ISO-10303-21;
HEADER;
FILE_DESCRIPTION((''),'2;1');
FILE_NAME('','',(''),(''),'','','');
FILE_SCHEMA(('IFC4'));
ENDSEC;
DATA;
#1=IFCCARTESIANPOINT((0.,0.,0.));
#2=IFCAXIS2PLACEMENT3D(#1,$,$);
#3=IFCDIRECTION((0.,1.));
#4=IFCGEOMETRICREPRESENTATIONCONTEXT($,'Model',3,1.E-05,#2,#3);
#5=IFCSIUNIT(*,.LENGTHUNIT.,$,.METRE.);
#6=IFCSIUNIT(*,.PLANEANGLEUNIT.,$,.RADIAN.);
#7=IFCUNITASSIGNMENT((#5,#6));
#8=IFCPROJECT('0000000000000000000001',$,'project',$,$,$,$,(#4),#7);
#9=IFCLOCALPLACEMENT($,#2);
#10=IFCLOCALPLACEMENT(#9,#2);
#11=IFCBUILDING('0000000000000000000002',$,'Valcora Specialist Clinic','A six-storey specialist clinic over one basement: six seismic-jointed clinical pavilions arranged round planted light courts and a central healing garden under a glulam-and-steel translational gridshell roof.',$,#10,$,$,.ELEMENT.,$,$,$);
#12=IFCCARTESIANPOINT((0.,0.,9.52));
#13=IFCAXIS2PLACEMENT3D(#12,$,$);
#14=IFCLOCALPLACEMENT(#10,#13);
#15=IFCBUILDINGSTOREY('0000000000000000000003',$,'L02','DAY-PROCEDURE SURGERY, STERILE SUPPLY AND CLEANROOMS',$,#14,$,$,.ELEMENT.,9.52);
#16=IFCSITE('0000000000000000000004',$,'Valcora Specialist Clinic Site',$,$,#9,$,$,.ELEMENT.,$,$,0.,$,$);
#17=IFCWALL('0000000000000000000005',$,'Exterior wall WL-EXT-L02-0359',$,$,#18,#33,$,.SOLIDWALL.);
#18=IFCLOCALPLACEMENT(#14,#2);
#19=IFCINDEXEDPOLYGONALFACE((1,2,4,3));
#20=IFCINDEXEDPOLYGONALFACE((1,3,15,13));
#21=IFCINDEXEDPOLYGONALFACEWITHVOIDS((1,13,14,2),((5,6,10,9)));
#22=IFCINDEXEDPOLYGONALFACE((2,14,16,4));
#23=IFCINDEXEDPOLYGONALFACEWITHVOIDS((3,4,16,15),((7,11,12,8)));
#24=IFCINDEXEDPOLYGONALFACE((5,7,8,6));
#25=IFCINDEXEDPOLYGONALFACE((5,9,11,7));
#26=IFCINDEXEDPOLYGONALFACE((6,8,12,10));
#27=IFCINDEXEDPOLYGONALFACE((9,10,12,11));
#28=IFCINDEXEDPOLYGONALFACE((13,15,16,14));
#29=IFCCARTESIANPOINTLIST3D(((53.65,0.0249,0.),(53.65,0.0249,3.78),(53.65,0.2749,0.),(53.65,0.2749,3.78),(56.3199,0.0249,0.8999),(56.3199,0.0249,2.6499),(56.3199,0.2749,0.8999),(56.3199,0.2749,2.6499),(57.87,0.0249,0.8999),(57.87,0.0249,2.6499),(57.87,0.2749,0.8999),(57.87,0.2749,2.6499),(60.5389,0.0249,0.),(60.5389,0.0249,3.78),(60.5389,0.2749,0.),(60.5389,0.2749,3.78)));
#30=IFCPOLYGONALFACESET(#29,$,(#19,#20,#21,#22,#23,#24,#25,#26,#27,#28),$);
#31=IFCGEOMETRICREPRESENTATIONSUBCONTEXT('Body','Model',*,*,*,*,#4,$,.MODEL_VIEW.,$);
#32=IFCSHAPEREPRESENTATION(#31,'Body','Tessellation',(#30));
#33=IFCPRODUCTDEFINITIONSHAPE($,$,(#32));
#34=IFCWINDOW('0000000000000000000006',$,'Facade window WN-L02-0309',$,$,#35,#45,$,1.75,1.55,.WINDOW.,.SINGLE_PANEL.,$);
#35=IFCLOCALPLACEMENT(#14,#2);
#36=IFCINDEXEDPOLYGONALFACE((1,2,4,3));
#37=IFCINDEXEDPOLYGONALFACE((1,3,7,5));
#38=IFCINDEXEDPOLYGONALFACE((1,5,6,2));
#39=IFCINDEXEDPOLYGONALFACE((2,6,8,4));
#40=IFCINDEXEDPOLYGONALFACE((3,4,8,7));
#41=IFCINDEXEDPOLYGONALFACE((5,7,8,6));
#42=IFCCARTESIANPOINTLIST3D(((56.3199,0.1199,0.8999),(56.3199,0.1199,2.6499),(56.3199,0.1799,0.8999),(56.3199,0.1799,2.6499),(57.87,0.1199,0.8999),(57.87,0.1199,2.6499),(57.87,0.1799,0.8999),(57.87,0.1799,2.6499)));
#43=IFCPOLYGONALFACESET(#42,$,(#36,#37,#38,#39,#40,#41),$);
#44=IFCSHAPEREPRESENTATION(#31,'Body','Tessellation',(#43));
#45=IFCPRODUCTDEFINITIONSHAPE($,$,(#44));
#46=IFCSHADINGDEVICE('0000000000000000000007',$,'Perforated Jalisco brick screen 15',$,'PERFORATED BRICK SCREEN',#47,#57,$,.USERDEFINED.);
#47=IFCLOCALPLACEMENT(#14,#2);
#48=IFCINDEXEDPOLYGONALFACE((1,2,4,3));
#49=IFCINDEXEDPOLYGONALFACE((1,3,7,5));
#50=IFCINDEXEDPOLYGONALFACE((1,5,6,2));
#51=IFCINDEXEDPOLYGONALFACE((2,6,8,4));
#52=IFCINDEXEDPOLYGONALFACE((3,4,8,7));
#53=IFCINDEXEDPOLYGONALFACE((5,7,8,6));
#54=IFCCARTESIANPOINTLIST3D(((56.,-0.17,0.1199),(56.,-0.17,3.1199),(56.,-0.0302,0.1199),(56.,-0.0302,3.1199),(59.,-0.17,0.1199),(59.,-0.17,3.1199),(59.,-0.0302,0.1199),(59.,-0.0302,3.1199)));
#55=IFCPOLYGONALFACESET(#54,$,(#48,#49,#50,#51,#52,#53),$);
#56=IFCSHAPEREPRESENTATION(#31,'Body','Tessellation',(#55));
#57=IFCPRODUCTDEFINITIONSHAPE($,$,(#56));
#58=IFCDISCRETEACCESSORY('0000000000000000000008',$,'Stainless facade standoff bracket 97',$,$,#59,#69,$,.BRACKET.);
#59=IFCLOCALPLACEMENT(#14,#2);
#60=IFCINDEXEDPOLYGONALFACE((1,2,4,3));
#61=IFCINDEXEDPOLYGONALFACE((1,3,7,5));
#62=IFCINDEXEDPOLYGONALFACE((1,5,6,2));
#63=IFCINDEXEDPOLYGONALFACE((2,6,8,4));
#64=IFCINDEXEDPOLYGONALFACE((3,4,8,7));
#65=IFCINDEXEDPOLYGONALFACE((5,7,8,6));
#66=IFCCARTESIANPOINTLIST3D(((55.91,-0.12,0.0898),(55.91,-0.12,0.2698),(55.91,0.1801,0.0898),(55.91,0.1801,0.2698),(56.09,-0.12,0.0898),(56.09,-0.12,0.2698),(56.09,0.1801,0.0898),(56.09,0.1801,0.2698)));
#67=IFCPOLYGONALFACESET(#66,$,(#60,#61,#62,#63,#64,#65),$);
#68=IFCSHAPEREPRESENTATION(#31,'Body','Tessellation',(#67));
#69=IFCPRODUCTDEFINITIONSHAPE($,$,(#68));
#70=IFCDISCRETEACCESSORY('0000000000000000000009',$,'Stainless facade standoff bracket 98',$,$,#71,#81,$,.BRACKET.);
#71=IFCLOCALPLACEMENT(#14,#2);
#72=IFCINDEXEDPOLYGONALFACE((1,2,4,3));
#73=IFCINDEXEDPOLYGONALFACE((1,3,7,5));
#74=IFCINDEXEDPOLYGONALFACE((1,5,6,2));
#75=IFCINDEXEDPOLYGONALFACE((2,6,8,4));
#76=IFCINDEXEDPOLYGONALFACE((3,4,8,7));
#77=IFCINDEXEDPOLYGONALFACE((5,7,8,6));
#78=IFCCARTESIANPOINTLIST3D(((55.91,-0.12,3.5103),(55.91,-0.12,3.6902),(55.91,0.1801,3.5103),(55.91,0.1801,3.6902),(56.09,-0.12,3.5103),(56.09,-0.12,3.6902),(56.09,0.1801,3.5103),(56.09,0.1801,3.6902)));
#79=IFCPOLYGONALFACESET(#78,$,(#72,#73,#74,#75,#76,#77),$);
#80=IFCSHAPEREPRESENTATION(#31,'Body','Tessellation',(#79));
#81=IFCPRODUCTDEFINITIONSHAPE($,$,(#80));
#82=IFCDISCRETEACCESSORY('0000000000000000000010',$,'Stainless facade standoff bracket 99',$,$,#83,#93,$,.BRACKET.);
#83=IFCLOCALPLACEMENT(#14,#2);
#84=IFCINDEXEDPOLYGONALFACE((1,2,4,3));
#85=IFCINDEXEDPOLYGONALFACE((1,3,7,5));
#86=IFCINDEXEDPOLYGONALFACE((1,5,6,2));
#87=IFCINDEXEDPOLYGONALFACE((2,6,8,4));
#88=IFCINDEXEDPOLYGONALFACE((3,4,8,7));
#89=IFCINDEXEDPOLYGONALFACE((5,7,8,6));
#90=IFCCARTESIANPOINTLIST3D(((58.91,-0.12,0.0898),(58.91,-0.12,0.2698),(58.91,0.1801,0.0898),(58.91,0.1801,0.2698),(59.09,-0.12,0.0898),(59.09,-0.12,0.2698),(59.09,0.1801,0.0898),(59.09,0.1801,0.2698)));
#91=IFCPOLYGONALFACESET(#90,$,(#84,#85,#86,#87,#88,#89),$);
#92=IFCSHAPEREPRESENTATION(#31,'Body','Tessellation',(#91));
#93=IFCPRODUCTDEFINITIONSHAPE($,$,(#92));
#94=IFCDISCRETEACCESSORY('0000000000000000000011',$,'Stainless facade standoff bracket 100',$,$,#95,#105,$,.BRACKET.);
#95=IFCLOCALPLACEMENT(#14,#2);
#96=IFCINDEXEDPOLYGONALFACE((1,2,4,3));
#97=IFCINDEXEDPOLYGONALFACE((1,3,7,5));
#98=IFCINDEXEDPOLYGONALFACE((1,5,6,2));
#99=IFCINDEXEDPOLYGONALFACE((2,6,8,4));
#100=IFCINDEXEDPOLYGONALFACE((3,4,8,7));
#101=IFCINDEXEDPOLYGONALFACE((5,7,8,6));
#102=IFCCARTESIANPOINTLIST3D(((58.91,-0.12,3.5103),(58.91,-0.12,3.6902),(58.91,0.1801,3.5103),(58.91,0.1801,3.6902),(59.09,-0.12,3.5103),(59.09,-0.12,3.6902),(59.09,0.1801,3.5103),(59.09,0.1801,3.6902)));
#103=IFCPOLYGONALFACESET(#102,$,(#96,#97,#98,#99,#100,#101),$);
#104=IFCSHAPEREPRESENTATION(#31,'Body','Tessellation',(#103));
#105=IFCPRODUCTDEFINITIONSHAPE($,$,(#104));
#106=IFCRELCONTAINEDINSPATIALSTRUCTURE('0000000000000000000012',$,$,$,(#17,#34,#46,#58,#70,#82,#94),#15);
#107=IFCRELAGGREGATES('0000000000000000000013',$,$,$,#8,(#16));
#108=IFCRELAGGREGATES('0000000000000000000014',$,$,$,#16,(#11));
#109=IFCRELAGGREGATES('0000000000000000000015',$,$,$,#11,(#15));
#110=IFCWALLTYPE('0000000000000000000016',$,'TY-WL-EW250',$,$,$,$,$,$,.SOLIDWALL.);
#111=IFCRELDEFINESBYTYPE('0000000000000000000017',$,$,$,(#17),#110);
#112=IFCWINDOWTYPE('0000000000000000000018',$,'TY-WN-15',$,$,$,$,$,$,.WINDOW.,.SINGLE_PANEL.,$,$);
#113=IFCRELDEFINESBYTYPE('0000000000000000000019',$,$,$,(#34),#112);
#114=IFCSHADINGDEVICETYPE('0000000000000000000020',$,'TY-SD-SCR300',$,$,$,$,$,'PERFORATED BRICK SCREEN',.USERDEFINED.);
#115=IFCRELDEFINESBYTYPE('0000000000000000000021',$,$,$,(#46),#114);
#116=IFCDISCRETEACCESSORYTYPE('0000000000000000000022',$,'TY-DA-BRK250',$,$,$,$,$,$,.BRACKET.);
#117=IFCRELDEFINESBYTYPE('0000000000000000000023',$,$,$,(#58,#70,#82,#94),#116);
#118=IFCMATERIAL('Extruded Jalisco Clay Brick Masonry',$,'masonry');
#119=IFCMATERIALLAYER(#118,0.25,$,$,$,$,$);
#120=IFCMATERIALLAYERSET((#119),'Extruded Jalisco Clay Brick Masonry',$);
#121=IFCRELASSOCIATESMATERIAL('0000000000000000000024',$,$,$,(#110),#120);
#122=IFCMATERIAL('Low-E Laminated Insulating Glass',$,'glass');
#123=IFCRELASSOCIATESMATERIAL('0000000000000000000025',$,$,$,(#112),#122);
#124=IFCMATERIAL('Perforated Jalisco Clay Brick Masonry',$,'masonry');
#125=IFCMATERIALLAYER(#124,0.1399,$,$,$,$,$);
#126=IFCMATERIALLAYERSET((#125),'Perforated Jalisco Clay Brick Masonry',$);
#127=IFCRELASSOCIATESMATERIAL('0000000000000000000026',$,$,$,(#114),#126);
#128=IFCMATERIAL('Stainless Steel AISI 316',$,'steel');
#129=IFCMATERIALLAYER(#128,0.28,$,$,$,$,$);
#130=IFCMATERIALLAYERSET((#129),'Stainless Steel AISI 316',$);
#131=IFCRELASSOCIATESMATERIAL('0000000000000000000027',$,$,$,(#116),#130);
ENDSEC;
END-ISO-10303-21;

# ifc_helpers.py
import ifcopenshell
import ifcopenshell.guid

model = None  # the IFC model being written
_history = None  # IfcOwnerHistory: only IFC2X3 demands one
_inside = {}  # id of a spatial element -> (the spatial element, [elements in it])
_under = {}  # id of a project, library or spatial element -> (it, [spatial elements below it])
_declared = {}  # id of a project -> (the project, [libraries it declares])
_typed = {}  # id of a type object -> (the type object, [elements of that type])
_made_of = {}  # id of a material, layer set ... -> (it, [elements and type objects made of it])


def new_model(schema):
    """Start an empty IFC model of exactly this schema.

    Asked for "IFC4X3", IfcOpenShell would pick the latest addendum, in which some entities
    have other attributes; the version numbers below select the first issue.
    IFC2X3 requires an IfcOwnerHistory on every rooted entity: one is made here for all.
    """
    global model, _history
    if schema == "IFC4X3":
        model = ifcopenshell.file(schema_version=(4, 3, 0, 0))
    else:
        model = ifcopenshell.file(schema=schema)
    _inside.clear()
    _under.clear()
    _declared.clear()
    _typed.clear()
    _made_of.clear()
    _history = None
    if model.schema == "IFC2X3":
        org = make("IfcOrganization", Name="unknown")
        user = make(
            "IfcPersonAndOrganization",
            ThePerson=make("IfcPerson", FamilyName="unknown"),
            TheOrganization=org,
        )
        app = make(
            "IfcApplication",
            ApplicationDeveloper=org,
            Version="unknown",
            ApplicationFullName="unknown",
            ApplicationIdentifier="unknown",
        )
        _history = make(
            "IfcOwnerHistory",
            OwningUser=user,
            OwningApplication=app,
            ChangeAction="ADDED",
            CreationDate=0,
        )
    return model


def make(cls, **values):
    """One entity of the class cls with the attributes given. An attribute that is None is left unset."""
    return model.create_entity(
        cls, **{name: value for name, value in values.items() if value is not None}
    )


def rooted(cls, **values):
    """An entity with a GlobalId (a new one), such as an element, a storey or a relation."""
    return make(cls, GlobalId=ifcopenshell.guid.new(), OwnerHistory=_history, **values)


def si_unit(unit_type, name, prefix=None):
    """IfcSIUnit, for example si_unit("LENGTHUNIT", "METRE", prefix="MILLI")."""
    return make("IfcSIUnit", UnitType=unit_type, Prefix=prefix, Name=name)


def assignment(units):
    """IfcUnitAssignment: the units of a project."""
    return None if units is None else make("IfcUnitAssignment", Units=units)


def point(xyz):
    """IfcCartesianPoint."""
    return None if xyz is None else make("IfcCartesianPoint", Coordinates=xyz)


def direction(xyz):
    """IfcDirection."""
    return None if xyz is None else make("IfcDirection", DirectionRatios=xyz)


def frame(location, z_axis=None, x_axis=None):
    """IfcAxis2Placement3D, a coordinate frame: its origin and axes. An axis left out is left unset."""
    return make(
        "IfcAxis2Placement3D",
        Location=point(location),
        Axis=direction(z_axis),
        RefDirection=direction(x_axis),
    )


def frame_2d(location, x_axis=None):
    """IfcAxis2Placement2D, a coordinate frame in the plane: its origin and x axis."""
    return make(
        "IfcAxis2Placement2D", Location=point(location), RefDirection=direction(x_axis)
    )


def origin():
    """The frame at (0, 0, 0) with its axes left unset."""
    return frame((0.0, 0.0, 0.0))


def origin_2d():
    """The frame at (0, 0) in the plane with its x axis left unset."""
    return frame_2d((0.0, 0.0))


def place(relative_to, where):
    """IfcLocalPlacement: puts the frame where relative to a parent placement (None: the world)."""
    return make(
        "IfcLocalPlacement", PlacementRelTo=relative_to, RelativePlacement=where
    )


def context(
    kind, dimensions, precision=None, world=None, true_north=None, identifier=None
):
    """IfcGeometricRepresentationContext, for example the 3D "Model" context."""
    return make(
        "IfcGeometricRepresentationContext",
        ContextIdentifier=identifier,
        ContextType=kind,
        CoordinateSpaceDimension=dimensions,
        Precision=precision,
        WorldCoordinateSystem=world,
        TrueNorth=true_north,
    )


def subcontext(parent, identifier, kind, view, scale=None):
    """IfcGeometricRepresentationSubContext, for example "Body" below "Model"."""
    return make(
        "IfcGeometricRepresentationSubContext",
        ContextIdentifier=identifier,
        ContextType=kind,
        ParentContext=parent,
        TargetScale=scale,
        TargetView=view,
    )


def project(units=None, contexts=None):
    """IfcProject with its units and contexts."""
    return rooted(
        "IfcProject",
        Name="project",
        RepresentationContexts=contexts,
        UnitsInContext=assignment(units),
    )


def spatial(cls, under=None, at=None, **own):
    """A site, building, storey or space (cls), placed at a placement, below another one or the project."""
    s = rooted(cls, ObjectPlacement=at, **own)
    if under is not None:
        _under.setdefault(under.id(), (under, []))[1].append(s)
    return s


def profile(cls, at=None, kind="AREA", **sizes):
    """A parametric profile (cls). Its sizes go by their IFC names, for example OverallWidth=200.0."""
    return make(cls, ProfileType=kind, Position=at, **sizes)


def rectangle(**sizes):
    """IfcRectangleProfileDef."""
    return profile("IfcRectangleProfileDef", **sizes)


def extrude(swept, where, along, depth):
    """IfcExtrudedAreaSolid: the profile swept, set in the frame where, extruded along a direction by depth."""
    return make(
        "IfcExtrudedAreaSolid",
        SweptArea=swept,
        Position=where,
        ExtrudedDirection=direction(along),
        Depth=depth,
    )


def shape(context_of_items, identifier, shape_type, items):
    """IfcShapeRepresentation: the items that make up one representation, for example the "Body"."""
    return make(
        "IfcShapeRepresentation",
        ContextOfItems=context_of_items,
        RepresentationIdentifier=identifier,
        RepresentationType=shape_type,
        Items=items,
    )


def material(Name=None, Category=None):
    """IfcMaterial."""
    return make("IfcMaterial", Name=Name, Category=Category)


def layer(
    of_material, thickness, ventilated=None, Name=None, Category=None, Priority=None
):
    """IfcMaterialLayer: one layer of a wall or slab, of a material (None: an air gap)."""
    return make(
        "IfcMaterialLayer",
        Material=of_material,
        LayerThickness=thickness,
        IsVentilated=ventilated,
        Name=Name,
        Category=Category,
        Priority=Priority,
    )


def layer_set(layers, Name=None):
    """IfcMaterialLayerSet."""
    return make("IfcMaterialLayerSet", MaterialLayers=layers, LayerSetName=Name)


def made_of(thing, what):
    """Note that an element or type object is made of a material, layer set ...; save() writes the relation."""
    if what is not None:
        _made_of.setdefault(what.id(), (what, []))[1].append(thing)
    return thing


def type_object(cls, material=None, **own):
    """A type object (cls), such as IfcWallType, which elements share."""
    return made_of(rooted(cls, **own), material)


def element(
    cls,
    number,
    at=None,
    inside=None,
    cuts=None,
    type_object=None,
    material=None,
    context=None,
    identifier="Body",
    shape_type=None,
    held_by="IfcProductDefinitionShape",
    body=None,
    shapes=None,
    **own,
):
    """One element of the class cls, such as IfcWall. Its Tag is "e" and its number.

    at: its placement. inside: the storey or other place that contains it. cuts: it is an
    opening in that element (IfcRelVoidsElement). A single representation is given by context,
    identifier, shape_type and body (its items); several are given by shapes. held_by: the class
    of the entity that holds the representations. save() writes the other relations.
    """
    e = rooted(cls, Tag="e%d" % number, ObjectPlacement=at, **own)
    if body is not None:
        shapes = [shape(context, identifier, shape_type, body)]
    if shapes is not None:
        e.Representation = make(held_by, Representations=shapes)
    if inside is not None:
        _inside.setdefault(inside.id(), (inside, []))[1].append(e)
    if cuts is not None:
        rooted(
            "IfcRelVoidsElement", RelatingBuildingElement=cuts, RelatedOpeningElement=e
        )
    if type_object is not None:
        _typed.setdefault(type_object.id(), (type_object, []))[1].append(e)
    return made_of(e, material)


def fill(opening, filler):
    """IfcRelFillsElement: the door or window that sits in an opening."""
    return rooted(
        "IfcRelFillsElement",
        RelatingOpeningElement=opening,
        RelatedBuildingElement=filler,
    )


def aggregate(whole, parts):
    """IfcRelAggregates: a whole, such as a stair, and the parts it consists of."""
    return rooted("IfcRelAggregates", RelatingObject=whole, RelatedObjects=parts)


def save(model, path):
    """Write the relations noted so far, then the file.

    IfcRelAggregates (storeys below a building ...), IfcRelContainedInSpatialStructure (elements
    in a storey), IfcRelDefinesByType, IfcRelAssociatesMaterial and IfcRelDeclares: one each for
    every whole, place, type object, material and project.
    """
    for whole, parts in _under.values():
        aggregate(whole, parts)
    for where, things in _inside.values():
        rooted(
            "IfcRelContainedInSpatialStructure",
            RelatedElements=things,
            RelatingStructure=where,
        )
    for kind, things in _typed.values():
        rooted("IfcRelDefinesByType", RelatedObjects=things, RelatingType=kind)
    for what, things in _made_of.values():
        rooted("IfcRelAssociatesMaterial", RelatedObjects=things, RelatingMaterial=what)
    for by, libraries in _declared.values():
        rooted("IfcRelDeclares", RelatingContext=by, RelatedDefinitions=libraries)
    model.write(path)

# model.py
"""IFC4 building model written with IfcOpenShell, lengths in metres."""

from ifc_helpers import new_model, si_unit, direction, frame, frame_2d, origin, origin_2d, place, context, subcontext, project, spatial, rectangle, extrude, material, layer, layer_set, type_object, element, fill, save


model = new_model("IFC4")

# Units and contexts
model_context = context("Model", 3, precision=1e-05, world=origin(), true_north=direction((0.0, 1.0)))
body_context = subcontext(model_context, "Body", "Model", "MODEL_VIEW")
ifc_project = project(units=[si_unit("LENGTHUNIT", "METRE"), si_unit("PLANEANGLEUNIT", "RADIAN")], contexts=[model_context])

# Site, building, storey
site_placement = place(None, origin())
site = spatial("IfcSite", under=ifc_project, at=site_placement, Name="Valcora Specialist Clinic Site", CompositionType="ELEMENT", RefElevation=0.0)
building_placement = place(site_placement, origin())
building = spatial("IfcBuilding", under=site, at=building_placement, Name="Valcora Specialist Clinic", Description="A six-storey specialist clinic over one basement: six seismic-jointed clinical pavilions arranged round planted light courts and a central healing garden under a glulam-and-steel translational gridshell roof.", CompositionType="ELEMENT")
storey_placement = place(building_placement, frame((0.0, 0.0, 9.52)))
storey = spatial("IfcBuildingStorey", under=building, at=storey_placement, Name="L02", Description="DAY-PROCEDURE SURGERY, STERILE SUPPLY AND CLEANROOMS", CompositionType="ELEMENT", Elevation=9.52)

# Wall, opening, window
ifc_material_1 = material(Name="Extruded Jalisco Clay Brick Masonry", Category="masonry")
ifc_layer_1 = layer(ifc_material_1, 0.25)
ifc_layer_set_1 = layer_set([ifc_layer_1], Name="Extruded Jalisco Clay Brick Masonry")
wall_type = type_object("IfcWallType", Name="TY-WL-EW250", PredefinedType="SOLIDWALL", material=ifc_layer_set_1)
wall_placement = place(storey_placement, frame((60.5388, 0.1499, 0.0), z_axis=(0.0, 0.0, 1.0), x_axis=(-1.0, 0.0, 0.0)))
wall = element("IfcWall", 1, at=wall_placement, inside=storey, type_object=wall_type, Name="Exterior wall WL-EXT-L02-0359", PredefinedType="SOLIDWALL", context=body_context, shape_type="SweptSolid", body=[
    extrude(rectangle(XDim=6.8889, YDim=0.25, at=frame_2d((3.4443, 0.0))), origin(), (0.0, 0.0, 1.0), 3.78),
])
opening_placement = place(wall_placement, frame((2.6689, 0.0, 0.8999)))
opening = element("IfcOpeningElement", 2, at=opening_placement, cuts=wall, PredefinedType="OPENING", context=body_context, shape_type="SweptSolid", body=[
    extrude(rectangle(XDim=1.55, YDim=1.75, at=frame_2d((0.7749, 0.875))), frame((0.0, 0.135, 0.0), z_axis=(0.0, -1.0, 0.0), x_axis=(1.0, 0.0, 0.0)), (0.0, 0.0, 1.0), 0.27),
])
ifc_material_2 = material(Name="Low-E Laminated Insulating Glass", Category="glass")
window_type = type_object("IfcWindowType", Name="TY-WN-15", PartitioningType="SINGLE_PANEL", PredefinedType="WINDOW", material=ifc_material_2)
window_placement = place(opening_placement, origin())
window = element("IfcWindow", 3, at=window_placement, inside=storey, type_object=window_type, Name="Facade window WN-L02-0309", OverallHeight=1.75, OverallWidth=1.55, PartitioningType="SINGLE_PANEL", PredefinedType="WINDOW", context=body_context, shape_type="SweptSolid", body=[
    extrude(rectangle(XDim=1.55, YDim=1.75, at=frame_2d((0.7749, 0.875))), frame((0.0, 0.03, 0.0), z_axis=(0.0, -1.0, 0.0), x_axis=(1.0, 0.0, 0.0)), (0.0, 0.0, 1.0), 0.0601),
])
fill(opening, window)

# Shading device
ifc_material_3 = material(Name="Perforated Jalisco Clay Brick Masonry", Category="masonry")
ifc_layer_2 = layer(ifc_material_3, 0.1399)
ifc_layer_set_2 = layer_set([ifc_layer_2], Name="Perforated Jalisco Clay Brick Masonry")
shading_device_type = type_object("IfcShadingDeviceType", Name="TY-SD-SCR300", ElementType="PERFORATED BRICK SCREEN", PredefinedType="USERDEFINED", material=ifc_layer_set_2)
shading_device_placement = place(storey_placement, frame((57.5, -0.1001, 0.1199), z_axis=(0.0, 0.0, 1.0), x_axis=(1.0, 0.0, 0.0)))
element("IfcShadingDevice", 4, at=shading_device_placement, inside=storey, type_object=shading_device_type, Name="Perforated Jalisco brick screen 15", ObjectType="PERFORATED BRICK SCREEN", PredefinedType="USERDEFINED", context=body_context, shape_type="SweptSolid", body=[
    extrude(rectangle(XDim=3.0, YDim=0.1399, at=origin_2d()), origin(), (0.0, 0.0, 1.0), 3.0),
])

# Discrete accessories
ifc_material_4 = material(Name="Stainless Steel AISI 316", Category="steel")
ifc_layer_3 = layer(ifc_material_4, 0.28)
ifc_layer_set_3 = layer_set([ifc_layer_3], Name="Stainless Steel AISI 316")
discrete_accessory_type = type_object("IfcDiscreteAccessoryType", Name="TY-DA-BRK250", PredefinedType="BRACKET", material=ifc_layer_set_3)
for number, where, z_axis, x_axis, name in (
    (5, (56.0, 0.03, 0.0898), (0.0, 0.0, 1.0), (1.0, 0.0, 0.0), "Stainless facade standoff bracket 97"),
    (6, (56.0, 0.03, 3.5103), (0.0, 0.0, 1.0), (1.0, 0.0, 0.0), "Stainless facade standoff bracket 98"),
    (7, (59.0, 0.03, 0.0898), (0.0, 0.0, 1.0), (1.0, 0.0, 0.0), "Stainless facade standoff bracket 99"),
    (8, (59.0, 0.03, 3.5103), (0.0, 0.0, 1.0), (1.0, 0.0, 0.0), "Stainless facade standoff bracket 100"),
):
    element("IfcDiscreteAccessory", number, at=place(storey_placement, frame(where, z_axis=z_axis, x_axis=x_axis)), inside=storey, type_object=discrete_accessory_type, Name=name, PredefinedType="BRACKET", context=body_context, shape_type="SweptSolid", body=[
        extrude(rectangle(XDim=0.1799, YDim=0.3, at=origin_2d()), origin(), (0.0, 0.0, 1.0), 0.1799),
    ])

save(model, "model.ifc")
